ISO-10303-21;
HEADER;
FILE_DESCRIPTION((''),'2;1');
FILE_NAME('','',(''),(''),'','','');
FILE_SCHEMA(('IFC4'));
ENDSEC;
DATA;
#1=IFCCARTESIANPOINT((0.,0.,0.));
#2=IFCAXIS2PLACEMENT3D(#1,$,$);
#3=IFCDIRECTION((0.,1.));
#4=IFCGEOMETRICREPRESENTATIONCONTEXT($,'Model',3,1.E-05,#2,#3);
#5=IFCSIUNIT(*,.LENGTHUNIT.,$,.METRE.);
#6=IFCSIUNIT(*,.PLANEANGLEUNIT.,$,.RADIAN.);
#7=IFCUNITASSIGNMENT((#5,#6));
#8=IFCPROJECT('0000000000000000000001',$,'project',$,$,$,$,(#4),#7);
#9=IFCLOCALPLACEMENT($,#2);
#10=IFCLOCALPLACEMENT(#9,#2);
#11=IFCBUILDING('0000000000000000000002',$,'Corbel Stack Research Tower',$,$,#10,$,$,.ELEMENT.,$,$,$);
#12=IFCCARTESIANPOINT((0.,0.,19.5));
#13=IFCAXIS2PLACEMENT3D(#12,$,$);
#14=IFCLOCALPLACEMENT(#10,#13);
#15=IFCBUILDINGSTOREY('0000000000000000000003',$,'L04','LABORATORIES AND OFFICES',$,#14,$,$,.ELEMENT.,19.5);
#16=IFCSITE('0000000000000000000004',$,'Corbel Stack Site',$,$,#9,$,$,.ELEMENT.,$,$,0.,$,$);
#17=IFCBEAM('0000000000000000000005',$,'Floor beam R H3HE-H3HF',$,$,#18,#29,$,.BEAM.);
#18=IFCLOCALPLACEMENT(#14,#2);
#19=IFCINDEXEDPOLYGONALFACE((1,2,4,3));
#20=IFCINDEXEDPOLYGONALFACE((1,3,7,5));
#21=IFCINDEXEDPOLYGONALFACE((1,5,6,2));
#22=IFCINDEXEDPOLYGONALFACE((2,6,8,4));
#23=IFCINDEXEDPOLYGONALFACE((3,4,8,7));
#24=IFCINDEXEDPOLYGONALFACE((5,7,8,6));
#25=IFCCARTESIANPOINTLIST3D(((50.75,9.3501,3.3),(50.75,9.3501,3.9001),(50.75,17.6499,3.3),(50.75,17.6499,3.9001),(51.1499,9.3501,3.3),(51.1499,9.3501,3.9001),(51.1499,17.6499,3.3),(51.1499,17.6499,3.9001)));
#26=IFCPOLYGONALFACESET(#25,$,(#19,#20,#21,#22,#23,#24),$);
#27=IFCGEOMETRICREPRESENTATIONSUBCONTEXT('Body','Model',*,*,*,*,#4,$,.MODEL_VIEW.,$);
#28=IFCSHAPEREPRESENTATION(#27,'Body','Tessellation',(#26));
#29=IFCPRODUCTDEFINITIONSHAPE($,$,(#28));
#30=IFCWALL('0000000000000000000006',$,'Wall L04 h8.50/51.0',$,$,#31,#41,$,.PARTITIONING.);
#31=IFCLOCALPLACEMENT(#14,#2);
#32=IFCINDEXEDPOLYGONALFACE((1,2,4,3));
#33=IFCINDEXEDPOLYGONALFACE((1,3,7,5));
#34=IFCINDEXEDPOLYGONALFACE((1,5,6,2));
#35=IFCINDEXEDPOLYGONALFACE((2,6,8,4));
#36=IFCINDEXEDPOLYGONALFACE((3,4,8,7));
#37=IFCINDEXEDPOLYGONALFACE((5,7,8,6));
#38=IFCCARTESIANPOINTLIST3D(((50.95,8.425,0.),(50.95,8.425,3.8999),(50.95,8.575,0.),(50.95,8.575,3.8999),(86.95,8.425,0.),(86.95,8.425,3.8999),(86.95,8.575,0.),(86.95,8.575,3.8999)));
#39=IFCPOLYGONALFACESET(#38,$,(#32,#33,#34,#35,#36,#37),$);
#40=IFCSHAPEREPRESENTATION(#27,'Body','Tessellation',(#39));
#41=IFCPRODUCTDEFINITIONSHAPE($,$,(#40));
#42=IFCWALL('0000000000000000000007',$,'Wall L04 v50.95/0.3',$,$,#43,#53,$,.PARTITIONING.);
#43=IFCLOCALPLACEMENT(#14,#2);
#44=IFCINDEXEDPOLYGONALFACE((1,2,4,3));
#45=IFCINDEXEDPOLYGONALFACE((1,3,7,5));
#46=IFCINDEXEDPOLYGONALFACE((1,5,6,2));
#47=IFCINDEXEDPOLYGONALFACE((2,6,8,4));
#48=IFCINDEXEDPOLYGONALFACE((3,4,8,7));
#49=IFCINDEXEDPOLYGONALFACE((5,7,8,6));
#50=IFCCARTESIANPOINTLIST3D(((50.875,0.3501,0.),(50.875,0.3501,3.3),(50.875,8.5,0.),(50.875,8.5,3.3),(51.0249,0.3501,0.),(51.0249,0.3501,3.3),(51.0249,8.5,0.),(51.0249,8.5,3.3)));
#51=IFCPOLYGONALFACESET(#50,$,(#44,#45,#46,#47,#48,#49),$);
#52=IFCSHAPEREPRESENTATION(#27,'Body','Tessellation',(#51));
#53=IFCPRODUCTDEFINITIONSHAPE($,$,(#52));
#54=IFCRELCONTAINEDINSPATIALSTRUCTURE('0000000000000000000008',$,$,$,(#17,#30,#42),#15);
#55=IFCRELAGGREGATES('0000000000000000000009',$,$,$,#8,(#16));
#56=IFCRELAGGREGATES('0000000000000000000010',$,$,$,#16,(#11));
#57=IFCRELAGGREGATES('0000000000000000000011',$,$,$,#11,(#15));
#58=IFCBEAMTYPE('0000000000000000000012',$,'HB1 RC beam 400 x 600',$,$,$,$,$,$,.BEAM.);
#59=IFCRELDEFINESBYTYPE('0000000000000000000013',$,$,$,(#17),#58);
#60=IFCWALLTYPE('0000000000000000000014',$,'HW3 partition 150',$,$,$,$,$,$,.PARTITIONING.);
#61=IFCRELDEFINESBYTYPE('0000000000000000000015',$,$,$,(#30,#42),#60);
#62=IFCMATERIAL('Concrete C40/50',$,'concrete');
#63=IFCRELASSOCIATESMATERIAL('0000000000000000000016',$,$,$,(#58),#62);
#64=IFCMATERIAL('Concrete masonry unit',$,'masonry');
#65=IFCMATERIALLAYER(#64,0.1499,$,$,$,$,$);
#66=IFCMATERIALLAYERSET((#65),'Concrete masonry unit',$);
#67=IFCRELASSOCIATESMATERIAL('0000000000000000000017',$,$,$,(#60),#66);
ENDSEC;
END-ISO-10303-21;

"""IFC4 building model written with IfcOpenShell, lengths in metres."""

from ifc_helpers import new_model, si_unit, direction, frame, frame_2d, origin, origin_2d, place, context, subcontext, project, spatial, rectangle, extrude, material, layer, layer_set, material_profile, profile_set, type_object, element, save


model = new_model("IFC4")

# Units and contexts
model_context = context("Model", 3, precision=1e-05, world=origin(), true_north=direction((0.0, 1.0)))
body_context = subcontext(model_context, "Body", "Model", "MODEL_VIEW")
ifc_project = project(units=[si_unit("LENGTHUNIT", "METRE"), si_unit("PLANEANGLEUNIT", "RADIAN")], contexts=[model_context])

# Site, building, storey
site_placement = place(None, origin())
site = spatial("IfcSite", under=ifc_project, at=site_placement, Name="Corbel Stack Site", CompositionType="ELEMENT", RefElevation=0.0)
building_placement = place(site_placement, origin())
building = spatial("IfcBuilding", under=site, at=building_placement, Name="Corbel Stack Research Tower", CompositionType="ELEMENT")
storey_placement = place(building_placement, frame((0.0, 0.0, 19.5)))
storey = spatial("IfcBuildingStorey", under=building, at=storey_placement, Name="L04", Description="LABORATORIES AND OFFICES", CompositionType="ELEMENT", Elevation=19.5)

# Beam
ifc_material_1 = material(Name="Concrete C40/50", Category="concrete")
ifc_material_profile_1 = material_profile(ifc_material_1, rectangle(XDim=0.3999, YDim=0.6001, at=origin_2d()), Name="RC 400 x 600")
ifc_profile_set_1 = profile_set([ifc_material_profile_1], Name="Concrete C40/50")
beam_type = type_object("IfcBeamType", Name="HB1 RC beam 400 x 600", PredefinedType="BEAM", material=ifc_profile_set_1)
for number, where, z_axis, x_axis, name in (
    (1, (50.95, 9.3501, 3.6001), (0.0, 1.0, 0.0), (-1.0, 0.0, 0.0), "Floor beam R H3HE-H3HF"),
):
    element("IfcBeam", number, at=place(storey_placement, frame(where, z_axis=z_axis, x_axis=x_axis)), inside=storey, type_object=beam_type, Name=name, PredefinedType="BEAM", context=body_context, shape_type="SweptSolid", body=[
        extrude(rectangle(XDim=0.3999, YDim=0.6001, at=origin_2d()), origin(), (0.0, 0.0, 1.0), 8.2998),
    ])

# Walls
ifc_material_2 = material(Name="Concrete masonry unit", Category="masonry")
ifc_layer = layer(ifc_material_2, 0.1499)
ifc_layer_set = layer_set([ifc_layer], Name="Concrete masonry unit")
wall_type = type_object("IfcWallType", Name="HW3 partition 150", PredefinedType="PARTITIONING", material=ifc_layer_set)
wall_1_placement = place(storey_placement, frame((50.95, 8.5, 0.0), z_axis=(0.0, 0.0, 1.0), x_axis=(1.0, 0.0, 0.0)))
element("IfcWall", 2, at=wall_1_placement, inside=storey, type_object=wall_type, Name="Wall L04 h8.50/51.0", PredefinedType="PARTITIONING", context=body_context, shape_type="SweptSolid", body=[
    extrude(rectangle(XDim=36.0, YDim=0.1499, at=frame_2d((18.0, 0.0))), origin(), (0.0, 0.0, 1.0), 3.8999),
])
wall_2_placement = place(storey_placement, frame((50.95, 0.3501, 0.0), z_axis=(0.0, 0.0, 1.0), x_axis=(0.0, 1.0, 0.0)))
element("IfcWall", 3, at=wall_2_placement, inside=storey, type_object=wall_type, Name="Wall L04 v50.95/0.3", PredefinedType="PARTITIONING", context=body_context, shape_type="SweptSolid", body=[
    extrude(rectangle(XDim=8.1499, YDim=0.1499, at=frame_2d((4.075, 0.0))), origin(), (0.0, 0.0, 1.0), 3.3),
])

save(model, "model.ifc")
